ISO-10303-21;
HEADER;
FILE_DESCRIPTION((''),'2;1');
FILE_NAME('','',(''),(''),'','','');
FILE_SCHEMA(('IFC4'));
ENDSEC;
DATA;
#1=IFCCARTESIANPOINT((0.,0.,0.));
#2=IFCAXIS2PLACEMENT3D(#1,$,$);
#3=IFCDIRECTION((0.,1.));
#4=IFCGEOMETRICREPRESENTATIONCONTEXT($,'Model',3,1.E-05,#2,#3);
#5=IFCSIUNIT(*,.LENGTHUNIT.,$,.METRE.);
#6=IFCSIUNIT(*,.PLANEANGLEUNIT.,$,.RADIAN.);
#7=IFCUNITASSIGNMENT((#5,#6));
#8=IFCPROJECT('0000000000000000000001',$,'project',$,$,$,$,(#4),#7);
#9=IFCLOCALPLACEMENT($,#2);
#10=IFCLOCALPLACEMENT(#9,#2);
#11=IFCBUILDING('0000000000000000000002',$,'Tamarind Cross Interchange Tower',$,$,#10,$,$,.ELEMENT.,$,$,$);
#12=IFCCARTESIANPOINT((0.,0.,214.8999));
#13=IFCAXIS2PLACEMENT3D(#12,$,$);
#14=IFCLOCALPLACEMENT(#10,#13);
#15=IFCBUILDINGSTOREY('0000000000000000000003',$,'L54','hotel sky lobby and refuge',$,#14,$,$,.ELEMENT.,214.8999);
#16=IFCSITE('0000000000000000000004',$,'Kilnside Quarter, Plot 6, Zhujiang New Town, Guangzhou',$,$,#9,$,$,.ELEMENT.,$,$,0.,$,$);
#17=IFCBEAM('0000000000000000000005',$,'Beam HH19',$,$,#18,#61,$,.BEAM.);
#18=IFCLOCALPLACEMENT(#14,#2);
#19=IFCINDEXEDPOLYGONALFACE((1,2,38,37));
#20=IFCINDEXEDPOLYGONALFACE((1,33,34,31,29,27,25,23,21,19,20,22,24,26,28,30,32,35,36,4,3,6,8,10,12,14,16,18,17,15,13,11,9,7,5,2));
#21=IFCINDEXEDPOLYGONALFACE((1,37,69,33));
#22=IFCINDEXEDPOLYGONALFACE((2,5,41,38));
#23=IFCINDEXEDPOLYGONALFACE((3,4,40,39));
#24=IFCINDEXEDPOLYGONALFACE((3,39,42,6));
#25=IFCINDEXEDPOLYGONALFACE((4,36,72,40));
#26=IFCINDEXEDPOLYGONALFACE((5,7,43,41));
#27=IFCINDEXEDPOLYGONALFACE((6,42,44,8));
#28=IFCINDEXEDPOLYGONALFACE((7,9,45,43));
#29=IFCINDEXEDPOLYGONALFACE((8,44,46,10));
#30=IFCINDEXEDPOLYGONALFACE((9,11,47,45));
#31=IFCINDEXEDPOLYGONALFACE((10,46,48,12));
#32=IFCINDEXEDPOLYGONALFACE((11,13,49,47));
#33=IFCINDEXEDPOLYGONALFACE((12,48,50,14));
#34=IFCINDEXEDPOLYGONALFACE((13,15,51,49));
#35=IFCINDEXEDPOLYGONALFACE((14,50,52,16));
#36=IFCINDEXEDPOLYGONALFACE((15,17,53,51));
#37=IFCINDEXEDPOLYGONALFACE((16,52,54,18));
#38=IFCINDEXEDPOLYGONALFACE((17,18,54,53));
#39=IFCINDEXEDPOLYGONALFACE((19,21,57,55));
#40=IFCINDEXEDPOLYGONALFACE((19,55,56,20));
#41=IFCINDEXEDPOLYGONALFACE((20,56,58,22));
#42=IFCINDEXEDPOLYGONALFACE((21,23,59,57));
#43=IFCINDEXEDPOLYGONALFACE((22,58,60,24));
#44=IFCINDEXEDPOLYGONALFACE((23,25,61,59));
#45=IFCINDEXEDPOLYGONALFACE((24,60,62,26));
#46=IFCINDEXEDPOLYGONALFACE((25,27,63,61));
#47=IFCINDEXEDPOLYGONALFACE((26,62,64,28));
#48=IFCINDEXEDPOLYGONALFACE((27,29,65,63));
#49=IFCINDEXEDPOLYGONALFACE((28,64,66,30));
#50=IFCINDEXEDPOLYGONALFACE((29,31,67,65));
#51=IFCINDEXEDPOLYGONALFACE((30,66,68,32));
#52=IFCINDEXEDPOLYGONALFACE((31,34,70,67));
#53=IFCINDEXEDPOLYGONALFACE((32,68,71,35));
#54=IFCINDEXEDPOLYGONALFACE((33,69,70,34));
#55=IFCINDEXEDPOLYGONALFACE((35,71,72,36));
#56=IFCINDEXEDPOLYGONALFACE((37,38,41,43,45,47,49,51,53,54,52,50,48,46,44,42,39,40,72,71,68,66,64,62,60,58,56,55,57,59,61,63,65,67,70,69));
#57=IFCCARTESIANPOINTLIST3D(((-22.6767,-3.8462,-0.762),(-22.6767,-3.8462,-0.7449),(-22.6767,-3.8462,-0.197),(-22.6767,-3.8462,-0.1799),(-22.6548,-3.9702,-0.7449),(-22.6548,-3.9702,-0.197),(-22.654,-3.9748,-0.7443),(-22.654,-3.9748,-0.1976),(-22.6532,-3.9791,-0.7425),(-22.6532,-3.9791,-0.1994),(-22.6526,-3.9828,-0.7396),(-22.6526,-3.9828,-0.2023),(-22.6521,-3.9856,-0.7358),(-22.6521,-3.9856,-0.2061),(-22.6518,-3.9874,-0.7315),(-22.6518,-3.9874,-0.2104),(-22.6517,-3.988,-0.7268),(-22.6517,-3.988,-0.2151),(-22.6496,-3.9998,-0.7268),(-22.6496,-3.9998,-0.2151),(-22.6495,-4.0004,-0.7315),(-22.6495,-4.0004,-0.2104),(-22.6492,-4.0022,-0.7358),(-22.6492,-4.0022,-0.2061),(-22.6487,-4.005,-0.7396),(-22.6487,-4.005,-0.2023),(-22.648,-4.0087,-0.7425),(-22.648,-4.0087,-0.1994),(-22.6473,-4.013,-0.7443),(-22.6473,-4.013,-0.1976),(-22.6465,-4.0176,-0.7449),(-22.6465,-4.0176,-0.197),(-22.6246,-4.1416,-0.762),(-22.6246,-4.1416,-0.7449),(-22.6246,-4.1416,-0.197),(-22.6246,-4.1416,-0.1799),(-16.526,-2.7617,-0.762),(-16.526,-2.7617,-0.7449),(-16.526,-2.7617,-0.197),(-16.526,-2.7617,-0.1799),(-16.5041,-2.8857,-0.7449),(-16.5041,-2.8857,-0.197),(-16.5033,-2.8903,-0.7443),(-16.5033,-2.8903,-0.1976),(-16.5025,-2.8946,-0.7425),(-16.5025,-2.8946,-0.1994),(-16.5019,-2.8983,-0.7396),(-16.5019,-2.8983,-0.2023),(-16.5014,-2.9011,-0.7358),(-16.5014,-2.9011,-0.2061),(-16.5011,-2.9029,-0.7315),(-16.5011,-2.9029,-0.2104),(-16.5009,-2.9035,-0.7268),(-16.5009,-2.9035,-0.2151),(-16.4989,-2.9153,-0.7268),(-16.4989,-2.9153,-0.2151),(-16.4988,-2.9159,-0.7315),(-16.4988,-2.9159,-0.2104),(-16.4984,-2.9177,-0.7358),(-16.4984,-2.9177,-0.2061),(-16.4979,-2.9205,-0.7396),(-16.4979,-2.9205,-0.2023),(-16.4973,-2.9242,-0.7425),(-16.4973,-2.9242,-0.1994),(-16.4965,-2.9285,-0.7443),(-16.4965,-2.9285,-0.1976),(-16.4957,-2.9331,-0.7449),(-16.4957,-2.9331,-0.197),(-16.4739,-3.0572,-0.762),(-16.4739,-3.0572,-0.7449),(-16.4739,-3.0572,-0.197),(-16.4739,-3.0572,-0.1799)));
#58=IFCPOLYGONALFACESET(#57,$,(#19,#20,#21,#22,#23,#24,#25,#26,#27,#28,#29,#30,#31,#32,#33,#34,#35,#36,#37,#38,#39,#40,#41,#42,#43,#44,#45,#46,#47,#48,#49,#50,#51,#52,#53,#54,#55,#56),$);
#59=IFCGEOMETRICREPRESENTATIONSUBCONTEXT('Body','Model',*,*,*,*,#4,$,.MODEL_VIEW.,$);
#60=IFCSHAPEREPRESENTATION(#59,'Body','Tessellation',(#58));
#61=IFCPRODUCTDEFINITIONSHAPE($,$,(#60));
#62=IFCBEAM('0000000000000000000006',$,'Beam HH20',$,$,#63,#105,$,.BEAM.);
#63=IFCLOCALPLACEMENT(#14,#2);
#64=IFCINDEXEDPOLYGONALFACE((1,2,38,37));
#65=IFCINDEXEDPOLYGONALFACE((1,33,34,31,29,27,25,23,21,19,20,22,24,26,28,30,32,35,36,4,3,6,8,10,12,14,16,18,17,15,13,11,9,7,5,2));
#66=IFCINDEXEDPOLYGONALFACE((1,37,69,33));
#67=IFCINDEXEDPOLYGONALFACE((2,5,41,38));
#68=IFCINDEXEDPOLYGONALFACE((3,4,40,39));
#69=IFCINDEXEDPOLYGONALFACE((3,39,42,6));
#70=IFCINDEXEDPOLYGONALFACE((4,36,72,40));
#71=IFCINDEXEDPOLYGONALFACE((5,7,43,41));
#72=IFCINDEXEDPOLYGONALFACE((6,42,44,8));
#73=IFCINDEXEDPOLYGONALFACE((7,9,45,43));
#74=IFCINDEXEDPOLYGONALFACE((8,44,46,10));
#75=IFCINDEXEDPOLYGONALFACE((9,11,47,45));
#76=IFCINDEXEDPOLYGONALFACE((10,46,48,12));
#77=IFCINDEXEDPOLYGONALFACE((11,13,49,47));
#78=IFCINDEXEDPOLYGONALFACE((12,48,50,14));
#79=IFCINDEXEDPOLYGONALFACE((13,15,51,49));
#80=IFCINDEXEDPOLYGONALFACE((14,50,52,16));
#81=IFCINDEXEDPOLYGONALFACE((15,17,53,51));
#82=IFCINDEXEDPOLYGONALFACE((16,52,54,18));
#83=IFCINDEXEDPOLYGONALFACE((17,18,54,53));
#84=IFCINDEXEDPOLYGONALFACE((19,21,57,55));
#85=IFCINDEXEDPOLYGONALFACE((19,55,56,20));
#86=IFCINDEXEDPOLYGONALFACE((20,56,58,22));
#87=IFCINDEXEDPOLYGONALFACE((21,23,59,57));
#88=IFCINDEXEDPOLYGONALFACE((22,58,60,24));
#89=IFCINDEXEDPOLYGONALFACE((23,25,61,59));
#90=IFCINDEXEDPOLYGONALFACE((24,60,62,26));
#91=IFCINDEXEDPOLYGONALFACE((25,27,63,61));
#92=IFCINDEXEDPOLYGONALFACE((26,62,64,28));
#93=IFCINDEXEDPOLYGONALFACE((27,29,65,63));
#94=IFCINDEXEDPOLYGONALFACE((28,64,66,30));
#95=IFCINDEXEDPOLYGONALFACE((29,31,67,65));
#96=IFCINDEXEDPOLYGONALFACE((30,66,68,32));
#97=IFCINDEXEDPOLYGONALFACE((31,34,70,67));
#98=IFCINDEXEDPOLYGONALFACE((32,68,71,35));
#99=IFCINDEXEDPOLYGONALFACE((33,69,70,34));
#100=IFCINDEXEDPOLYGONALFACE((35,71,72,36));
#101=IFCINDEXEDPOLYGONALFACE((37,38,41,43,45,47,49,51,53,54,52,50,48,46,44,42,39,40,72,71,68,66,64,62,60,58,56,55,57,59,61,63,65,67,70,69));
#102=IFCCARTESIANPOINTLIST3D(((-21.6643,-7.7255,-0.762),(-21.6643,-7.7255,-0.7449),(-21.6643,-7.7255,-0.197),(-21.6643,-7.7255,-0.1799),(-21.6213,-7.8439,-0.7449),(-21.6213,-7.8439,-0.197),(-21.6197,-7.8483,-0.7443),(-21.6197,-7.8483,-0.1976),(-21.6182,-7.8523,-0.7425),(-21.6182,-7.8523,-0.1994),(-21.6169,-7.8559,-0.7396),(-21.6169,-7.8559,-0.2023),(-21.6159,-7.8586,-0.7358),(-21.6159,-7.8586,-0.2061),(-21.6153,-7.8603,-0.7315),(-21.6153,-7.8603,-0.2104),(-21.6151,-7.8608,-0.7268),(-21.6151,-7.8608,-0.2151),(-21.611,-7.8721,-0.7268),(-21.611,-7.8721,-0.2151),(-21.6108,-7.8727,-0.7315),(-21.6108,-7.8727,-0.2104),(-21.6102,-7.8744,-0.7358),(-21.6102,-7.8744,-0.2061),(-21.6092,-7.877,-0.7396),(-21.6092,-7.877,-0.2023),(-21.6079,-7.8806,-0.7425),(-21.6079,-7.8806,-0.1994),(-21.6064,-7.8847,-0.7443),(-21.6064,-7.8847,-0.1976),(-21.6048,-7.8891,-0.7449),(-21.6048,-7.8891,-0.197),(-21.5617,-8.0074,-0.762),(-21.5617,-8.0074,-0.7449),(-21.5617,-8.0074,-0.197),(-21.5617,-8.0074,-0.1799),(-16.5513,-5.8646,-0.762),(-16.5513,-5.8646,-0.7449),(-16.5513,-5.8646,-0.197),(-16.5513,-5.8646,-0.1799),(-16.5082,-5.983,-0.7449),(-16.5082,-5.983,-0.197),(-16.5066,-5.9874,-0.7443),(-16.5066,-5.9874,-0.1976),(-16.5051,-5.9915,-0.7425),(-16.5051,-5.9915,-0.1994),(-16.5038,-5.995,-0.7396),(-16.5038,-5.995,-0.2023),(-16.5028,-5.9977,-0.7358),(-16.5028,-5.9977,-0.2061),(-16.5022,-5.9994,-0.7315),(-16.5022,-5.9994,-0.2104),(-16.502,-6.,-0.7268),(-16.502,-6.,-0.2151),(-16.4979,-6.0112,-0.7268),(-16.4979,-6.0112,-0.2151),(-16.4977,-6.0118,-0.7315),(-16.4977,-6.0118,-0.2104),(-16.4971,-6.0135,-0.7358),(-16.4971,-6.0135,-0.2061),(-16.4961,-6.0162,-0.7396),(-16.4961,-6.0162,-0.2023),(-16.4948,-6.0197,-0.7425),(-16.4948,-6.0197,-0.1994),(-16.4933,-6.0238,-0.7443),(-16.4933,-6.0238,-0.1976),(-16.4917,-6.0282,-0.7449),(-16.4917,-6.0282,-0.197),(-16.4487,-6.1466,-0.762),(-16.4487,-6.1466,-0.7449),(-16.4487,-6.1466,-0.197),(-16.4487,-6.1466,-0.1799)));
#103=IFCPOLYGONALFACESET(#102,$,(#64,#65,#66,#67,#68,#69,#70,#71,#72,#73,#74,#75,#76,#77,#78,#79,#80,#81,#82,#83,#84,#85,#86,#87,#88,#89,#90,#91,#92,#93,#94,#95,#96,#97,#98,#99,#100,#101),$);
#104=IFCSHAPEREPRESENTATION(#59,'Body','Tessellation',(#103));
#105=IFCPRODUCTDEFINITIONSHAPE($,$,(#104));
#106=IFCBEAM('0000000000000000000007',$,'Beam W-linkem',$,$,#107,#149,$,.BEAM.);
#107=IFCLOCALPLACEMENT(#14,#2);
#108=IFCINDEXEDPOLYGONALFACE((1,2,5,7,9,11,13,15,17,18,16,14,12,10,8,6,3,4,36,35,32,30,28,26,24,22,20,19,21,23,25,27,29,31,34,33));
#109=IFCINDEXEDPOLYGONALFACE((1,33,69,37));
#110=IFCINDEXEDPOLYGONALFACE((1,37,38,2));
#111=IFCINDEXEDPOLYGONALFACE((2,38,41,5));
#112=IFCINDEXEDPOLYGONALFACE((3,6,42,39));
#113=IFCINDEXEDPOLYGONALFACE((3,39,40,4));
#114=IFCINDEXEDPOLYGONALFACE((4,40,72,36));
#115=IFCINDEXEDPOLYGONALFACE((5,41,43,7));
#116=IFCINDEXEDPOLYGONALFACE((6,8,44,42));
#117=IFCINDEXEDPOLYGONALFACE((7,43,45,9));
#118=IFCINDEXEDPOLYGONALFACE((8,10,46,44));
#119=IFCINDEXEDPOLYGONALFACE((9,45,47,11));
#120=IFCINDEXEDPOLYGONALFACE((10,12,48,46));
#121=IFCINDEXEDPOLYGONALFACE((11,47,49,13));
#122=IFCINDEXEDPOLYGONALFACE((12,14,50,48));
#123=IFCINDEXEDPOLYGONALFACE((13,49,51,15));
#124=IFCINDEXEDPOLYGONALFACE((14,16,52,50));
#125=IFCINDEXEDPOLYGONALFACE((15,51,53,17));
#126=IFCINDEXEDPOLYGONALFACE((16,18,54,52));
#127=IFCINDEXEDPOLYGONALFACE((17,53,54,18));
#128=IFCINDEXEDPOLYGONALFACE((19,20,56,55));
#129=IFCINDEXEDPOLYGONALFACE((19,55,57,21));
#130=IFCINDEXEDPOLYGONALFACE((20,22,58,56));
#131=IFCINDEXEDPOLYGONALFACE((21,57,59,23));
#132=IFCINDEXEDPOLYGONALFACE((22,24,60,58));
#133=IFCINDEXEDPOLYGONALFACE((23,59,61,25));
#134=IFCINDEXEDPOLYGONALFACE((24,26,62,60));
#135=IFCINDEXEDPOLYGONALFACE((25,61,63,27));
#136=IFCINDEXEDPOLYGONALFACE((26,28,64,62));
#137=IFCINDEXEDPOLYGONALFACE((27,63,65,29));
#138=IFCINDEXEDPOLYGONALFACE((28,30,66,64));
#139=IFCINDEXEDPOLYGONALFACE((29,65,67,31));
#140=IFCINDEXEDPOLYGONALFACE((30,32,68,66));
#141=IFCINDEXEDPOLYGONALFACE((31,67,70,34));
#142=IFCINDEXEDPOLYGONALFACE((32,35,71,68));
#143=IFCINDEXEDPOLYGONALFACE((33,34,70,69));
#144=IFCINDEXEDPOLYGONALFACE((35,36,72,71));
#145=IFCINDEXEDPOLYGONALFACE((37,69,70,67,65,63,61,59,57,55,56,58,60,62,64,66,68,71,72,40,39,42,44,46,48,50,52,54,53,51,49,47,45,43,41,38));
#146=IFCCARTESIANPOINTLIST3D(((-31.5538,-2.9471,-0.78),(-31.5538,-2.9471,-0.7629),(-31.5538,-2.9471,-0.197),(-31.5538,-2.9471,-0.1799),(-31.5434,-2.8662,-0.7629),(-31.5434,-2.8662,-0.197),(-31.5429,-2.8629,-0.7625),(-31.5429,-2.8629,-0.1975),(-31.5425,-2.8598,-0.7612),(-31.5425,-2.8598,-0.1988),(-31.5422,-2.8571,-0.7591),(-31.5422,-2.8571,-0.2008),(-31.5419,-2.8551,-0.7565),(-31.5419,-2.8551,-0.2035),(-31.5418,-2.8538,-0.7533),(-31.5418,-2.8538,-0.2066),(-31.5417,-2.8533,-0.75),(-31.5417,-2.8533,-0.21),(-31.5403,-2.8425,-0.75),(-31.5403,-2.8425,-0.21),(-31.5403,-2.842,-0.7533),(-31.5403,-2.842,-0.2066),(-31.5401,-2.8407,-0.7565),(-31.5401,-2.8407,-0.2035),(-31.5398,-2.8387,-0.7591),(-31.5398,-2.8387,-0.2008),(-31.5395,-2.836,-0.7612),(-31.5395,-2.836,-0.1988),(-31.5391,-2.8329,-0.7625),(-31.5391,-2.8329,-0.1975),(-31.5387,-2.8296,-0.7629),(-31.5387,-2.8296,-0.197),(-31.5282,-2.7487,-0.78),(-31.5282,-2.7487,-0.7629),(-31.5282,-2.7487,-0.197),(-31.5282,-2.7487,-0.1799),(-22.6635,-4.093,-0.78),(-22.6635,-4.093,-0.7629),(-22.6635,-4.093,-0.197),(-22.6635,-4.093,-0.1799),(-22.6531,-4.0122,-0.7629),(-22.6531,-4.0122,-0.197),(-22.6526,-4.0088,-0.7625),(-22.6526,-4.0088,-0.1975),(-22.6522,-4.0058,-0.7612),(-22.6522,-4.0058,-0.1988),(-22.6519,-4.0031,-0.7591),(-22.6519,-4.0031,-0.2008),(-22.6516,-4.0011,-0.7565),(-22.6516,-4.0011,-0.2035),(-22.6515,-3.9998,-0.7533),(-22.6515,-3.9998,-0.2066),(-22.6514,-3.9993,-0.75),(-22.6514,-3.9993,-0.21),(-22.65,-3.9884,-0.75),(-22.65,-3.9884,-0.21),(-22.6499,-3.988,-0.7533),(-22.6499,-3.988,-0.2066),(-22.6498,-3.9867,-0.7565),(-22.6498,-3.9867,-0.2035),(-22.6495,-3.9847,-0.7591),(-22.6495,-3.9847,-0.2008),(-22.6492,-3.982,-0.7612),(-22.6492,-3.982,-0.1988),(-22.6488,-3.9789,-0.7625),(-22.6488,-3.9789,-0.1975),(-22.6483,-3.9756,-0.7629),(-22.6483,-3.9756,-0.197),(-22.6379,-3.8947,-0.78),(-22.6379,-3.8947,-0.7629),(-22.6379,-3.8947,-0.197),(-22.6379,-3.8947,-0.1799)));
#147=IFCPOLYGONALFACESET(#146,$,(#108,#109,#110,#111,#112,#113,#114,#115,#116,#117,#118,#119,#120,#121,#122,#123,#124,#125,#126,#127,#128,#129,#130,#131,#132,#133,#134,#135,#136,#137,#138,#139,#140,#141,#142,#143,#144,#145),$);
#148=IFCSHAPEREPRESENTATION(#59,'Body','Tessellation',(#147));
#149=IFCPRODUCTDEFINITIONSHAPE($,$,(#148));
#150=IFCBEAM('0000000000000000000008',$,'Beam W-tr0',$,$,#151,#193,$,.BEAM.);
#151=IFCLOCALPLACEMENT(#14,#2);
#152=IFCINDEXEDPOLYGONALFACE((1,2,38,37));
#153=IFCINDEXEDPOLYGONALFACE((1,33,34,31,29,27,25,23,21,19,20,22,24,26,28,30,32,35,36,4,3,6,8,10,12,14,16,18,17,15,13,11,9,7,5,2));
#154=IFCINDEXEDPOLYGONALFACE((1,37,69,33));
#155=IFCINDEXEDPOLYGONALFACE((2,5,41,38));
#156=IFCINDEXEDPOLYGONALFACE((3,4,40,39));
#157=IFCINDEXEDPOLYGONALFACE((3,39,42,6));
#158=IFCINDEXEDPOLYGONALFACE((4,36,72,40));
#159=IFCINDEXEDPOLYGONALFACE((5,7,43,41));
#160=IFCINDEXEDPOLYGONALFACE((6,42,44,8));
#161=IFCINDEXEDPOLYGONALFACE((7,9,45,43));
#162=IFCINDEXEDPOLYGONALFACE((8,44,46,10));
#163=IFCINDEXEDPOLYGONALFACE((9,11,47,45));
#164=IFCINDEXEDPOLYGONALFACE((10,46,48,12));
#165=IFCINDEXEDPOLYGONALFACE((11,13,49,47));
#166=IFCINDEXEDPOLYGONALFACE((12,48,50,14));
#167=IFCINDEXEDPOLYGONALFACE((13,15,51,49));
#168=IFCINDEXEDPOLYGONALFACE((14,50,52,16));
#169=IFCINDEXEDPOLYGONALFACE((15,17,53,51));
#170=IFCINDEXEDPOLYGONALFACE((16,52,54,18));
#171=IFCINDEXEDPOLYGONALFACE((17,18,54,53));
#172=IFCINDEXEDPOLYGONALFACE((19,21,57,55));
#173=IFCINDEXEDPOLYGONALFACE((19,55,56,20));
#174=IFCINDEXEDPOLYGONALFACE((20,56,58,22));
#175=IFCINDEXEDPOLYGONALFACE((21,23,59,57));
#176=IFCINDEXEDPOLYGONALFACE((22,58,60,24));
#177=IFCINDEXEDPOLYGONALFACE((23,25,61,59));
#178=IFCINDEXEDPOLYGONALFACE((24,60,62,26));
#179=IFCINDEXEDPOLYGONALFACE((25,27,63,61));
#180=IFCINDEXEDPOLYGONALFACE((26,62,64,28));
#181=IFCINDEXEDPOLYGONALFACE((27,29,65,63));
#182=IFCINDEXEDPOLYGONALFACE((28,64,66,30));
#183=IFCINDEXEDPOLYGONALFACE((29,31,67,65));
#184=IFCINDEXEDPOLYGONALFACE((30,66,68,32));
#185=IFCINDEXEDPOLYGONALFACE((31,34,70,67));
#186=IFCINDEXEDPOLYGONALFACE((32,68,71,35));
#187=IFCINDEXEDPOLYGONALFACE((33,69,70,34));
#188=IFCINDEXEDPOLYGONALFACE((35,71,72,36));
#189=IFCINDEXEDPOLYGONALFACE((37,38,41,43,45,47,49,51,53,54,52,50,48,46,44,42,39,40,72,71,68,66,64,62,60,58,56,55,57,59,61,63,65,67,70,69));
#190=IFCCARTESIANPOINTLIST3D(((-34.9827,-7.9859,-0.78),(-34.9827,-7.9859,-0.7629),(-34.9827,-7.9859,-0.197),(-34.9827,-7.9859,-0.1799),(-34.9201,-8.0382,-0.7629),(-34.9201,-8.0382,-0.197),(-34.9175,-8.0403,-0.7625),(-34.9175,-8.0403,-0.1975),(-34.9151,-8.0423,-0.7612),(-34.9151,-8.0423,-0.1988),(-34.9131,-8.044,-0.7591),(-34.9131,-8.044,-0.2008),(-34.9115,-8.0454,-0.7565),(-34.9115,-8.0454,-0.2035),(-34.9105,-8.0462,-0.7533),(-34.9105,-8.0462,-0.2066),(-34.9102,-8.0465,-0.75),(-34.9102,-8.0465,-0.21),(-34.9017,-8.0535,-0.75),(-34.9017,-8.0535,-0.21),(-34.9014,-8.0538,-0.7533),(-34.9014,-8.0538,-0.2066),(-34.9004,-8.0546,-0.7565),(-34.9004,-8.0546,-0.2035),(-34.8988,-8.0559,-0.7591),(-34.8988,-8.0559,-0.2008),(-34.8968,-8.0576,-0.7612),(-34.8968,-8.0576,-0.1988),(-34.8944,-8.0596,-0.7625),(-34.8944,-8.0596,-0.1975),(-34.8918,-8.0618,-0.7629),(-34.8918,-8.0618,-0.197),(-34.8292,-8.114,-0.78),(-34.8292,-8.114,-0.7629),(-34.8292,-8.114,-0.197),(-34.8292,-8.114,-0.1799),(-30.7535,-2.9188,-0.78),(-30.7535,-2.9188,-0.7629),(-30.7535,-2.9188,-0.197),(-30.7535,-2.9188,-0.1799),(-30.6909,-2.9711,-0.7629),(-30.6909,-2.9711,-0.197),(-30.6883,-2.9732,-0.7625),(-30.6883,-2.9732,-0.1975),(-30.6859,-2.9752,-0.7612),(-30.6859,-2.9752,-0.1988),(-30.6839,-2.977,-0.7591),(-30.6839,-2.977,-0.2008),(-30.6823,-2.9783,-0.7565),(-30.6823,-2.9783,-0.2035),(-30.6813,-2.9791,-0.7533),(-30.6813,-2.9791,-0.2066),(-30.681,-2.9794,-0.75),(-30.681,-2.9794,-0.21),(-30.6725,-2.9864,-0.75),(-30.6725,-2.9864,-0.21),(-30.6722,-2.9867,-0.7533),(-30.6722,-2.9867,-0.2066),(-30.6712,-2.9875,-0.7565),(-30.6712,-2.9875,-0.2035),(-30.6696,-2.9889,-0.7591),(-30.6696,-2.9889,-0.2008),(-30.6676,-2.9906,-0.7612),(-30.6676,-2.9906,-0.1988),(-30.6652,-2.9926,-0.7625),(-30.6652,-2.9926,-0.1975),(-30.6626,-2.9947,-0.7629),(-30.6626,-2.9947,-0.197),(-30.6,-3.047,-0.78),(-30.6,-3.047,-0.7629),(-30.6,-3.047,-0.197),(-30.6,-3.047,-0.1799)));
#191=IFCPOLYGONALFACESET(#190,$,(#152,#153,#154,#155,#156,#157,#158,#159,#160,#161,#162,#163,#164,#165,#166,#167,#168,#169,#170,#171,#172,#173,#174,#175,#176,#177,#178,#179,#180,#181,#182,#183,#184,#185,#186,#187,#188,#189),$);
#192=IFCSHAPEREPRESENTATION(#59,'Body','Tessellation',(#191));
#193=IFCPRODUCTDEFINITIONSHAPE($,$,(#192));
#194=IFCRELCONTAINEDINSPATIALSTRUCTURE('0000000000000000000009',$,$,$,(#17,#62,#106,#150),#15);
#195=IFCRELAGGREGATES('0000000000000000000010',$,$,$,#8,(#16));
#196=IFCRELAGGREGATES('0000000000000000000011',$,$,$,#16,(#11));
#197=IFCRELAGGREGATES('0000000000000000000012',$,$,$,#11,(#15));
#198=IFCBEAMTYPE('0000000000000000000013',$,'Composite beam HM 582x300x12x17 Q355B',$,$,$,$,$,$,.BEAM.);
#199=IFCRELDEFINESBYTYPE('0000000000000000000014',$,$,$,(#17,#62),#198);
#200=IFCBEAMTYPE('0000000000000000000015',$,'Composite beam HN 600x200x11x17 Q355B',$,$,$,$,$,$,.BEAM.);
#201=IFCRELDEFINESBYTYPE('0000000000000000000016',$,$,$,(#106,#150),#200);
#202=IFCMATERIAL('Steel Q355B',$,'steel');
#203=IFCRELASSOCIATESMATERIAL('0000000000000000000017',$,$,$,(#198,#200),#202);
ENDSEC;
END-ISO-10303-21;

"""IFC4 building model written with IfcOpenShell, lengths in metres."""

from ifc_helpers import new_model, si_unit, direction, frame, origin, origin_2d, place, context, subcontext, project, spatial, i_section, extrude, material, material_profile, profile_set, type_object, element, save


model = new_model("IFC4")

# Units and contexts
model_context = context("Model", 3, precision=1e-05, world=origin(), true_north=direction((0.0, 1.0)))
body_context = subcontext(model_context, "Body", "Model", "MODEL_VIEW")
ifc_project = project(units=[si_unit("LENGTHUNIT", "METRE"), si_unit("PLANEANGLEUNIT", "RADIAN")], contexts=[model_context])

# Site, building, storey
site_placement = place(None, origin())
site = spatial("IfcSite", under=ifc_project, at=site_placement, Name="Kilnside Quarter, Plot 6, Zhujiang New Town, Guangzhou", CompositionType="ELEMENT", RefElevation=0.0)
building_placement = place(site_placement, origin())
building = spatial("IfcBuilding", under=site, at=building_placement, Name="Tamarind Cross Interchange Tower", CompositionType="ELEMENT")
storey_placement = place(building_placement, frame((0.0, 0.0, 214.8999)))
storey = spatial("IfcBuildingStorey", under=building, at=storey_placement, Name="L54", Description="hotel sky lobby and refuge", CompositionType="ELEMENT", Elevation=214.8999)

# Beams
ifc_material_1 = material(Name="Steel Q355B", Category="steel")
ifc_material_profile_1 = material_profile(ifc_material_1, i_section(OverallWidth=0.3, OverallDepth=0.582, WebThickness=0.012, FlangeThickness=0.0171, FilletRadius=0.0181, at=origin_2d()), Name="HM 582x300x12x17")
ifc_profile_set_1 = profile_set([ifc_material_profile_1], Name="Steel Q355B")
beam_type_1 = type_object("IfcBeamType", Name="Composite beam HM 582x300x12x17 Q355B", PredefinedType="BEAM", material=ifc_profile_set_1)
beam_1_placement = place(storey_placement, frame((-22.6506, -3.9939, -0.4709), z_axis=(0.984809, 0.17364, 0.0), x_axis=(-0.17364, 0.984809, 0.0)))
element("IfcBeam", 1, at=beam_1_placement, inside=storey, type_object=beam_type_1, Name="Beam HH19", PredefinedType="BEAM", context=body_context, shape_type="SweptSolid", body=[
    extrude(i_section(OverallWidth=0.3, OverallDepth=0.582, WebThickness=0.012, FlangeThickness=0.0171, FilletRadius=0.0181, at=origin_2d()), origin(), (0.0, 0.0, 1.0), 6.2456),
])
beam_2_placement = place(storey_placement, frame((-21.613, -7.8665, -0.4709), z_axis=(0.939702, 0.341995, 0.0), x_axis=(-0.341995, 0.939702, 0.0)))
element("IfcBeam", 2, at=beam_2_placement, inside=storey, type_object=beam_type_1, Name="Beam HH20", PredefinedType="BEAM", context=body_context, shape_type="SweptSolid", body=[
    extrude(i_section(OverallWidth=0.3, OverallDepth=0.582, WebThickness=0.012, FlangeThickness=0.0171, FilletRadius=0.0181, at=origin_2d()), origin(), (0.0, 0.0, 1.0), 5.4412),
])
ifc_material_profile_2 = material_profile(ifc_material_1, i_section(OverallWidth=0.2, OverallDepth=0.6001, WebThickness=0.011, FlangeThickness=0.0171, FilletRadius=0.0129, at=origin_2d()), Name="HN 600x200x11x17")
ifc_profile_set_2 = profile_set([ifc_material_profile_2], Name="Steel Q355B")
beam_type_2 = type_object("IfcBeamType", Name="Composite beam HN 600x200x11x17 Q355B", PredefinedType="BEAM", material=ifc_profile_set_2)
beam_3_placement = place(storey_placement, frame((-31.541, -2.8479, -0.48), z_axis=(0.991794, -0.127845, 0.0), x_axis=(0.127845, 0.991794, 0.0)))
element("IfcBeam", 3, at=beam_3_placement, inside=storey, type_object=beam_type_2, Name="Beam W-linkem", PredefinedType="BEAM", context=body_context, shape_type="SweptSolid", body=[
    extrude(i_section(OverallWidth=0.2, OverallDepth=0.6001, WebThickness=0.011, FlangeThickness=0.0171, FilletRadius=0.0129, at=origin_2d()), origin(), (0.0, 0.0, 1.0), 8.9639),
])
for number, where, z_axis, x_axis, name in (
    (4, (-30.6768, -2.9829, -0.48), (-0.640777, -0.767727, 0.0), (0.767727, -0.640777, 0.0), "Beam W-tr0"),
):
    element("IfcBeam", number, at=place(storey_placement, frame(where, z_axis=z_axis, x_axis=x_axis)), inside=storey, type_object=beam_type_2, Name=name, PredefinedType="BEAM", context=body_context, shape_type="SweptSolid", body=[
        extrude(i_section(OverallWidth=0.2, OverallDepth=0.6001, WebThickness=0.011, FlangeThickness=0.0171, FilletRadius=0.0129, at=origin_2d()), origin(), (0.0, 0.0, 1.0), 6.6001),
    ])

save(model, "model.ifc")
